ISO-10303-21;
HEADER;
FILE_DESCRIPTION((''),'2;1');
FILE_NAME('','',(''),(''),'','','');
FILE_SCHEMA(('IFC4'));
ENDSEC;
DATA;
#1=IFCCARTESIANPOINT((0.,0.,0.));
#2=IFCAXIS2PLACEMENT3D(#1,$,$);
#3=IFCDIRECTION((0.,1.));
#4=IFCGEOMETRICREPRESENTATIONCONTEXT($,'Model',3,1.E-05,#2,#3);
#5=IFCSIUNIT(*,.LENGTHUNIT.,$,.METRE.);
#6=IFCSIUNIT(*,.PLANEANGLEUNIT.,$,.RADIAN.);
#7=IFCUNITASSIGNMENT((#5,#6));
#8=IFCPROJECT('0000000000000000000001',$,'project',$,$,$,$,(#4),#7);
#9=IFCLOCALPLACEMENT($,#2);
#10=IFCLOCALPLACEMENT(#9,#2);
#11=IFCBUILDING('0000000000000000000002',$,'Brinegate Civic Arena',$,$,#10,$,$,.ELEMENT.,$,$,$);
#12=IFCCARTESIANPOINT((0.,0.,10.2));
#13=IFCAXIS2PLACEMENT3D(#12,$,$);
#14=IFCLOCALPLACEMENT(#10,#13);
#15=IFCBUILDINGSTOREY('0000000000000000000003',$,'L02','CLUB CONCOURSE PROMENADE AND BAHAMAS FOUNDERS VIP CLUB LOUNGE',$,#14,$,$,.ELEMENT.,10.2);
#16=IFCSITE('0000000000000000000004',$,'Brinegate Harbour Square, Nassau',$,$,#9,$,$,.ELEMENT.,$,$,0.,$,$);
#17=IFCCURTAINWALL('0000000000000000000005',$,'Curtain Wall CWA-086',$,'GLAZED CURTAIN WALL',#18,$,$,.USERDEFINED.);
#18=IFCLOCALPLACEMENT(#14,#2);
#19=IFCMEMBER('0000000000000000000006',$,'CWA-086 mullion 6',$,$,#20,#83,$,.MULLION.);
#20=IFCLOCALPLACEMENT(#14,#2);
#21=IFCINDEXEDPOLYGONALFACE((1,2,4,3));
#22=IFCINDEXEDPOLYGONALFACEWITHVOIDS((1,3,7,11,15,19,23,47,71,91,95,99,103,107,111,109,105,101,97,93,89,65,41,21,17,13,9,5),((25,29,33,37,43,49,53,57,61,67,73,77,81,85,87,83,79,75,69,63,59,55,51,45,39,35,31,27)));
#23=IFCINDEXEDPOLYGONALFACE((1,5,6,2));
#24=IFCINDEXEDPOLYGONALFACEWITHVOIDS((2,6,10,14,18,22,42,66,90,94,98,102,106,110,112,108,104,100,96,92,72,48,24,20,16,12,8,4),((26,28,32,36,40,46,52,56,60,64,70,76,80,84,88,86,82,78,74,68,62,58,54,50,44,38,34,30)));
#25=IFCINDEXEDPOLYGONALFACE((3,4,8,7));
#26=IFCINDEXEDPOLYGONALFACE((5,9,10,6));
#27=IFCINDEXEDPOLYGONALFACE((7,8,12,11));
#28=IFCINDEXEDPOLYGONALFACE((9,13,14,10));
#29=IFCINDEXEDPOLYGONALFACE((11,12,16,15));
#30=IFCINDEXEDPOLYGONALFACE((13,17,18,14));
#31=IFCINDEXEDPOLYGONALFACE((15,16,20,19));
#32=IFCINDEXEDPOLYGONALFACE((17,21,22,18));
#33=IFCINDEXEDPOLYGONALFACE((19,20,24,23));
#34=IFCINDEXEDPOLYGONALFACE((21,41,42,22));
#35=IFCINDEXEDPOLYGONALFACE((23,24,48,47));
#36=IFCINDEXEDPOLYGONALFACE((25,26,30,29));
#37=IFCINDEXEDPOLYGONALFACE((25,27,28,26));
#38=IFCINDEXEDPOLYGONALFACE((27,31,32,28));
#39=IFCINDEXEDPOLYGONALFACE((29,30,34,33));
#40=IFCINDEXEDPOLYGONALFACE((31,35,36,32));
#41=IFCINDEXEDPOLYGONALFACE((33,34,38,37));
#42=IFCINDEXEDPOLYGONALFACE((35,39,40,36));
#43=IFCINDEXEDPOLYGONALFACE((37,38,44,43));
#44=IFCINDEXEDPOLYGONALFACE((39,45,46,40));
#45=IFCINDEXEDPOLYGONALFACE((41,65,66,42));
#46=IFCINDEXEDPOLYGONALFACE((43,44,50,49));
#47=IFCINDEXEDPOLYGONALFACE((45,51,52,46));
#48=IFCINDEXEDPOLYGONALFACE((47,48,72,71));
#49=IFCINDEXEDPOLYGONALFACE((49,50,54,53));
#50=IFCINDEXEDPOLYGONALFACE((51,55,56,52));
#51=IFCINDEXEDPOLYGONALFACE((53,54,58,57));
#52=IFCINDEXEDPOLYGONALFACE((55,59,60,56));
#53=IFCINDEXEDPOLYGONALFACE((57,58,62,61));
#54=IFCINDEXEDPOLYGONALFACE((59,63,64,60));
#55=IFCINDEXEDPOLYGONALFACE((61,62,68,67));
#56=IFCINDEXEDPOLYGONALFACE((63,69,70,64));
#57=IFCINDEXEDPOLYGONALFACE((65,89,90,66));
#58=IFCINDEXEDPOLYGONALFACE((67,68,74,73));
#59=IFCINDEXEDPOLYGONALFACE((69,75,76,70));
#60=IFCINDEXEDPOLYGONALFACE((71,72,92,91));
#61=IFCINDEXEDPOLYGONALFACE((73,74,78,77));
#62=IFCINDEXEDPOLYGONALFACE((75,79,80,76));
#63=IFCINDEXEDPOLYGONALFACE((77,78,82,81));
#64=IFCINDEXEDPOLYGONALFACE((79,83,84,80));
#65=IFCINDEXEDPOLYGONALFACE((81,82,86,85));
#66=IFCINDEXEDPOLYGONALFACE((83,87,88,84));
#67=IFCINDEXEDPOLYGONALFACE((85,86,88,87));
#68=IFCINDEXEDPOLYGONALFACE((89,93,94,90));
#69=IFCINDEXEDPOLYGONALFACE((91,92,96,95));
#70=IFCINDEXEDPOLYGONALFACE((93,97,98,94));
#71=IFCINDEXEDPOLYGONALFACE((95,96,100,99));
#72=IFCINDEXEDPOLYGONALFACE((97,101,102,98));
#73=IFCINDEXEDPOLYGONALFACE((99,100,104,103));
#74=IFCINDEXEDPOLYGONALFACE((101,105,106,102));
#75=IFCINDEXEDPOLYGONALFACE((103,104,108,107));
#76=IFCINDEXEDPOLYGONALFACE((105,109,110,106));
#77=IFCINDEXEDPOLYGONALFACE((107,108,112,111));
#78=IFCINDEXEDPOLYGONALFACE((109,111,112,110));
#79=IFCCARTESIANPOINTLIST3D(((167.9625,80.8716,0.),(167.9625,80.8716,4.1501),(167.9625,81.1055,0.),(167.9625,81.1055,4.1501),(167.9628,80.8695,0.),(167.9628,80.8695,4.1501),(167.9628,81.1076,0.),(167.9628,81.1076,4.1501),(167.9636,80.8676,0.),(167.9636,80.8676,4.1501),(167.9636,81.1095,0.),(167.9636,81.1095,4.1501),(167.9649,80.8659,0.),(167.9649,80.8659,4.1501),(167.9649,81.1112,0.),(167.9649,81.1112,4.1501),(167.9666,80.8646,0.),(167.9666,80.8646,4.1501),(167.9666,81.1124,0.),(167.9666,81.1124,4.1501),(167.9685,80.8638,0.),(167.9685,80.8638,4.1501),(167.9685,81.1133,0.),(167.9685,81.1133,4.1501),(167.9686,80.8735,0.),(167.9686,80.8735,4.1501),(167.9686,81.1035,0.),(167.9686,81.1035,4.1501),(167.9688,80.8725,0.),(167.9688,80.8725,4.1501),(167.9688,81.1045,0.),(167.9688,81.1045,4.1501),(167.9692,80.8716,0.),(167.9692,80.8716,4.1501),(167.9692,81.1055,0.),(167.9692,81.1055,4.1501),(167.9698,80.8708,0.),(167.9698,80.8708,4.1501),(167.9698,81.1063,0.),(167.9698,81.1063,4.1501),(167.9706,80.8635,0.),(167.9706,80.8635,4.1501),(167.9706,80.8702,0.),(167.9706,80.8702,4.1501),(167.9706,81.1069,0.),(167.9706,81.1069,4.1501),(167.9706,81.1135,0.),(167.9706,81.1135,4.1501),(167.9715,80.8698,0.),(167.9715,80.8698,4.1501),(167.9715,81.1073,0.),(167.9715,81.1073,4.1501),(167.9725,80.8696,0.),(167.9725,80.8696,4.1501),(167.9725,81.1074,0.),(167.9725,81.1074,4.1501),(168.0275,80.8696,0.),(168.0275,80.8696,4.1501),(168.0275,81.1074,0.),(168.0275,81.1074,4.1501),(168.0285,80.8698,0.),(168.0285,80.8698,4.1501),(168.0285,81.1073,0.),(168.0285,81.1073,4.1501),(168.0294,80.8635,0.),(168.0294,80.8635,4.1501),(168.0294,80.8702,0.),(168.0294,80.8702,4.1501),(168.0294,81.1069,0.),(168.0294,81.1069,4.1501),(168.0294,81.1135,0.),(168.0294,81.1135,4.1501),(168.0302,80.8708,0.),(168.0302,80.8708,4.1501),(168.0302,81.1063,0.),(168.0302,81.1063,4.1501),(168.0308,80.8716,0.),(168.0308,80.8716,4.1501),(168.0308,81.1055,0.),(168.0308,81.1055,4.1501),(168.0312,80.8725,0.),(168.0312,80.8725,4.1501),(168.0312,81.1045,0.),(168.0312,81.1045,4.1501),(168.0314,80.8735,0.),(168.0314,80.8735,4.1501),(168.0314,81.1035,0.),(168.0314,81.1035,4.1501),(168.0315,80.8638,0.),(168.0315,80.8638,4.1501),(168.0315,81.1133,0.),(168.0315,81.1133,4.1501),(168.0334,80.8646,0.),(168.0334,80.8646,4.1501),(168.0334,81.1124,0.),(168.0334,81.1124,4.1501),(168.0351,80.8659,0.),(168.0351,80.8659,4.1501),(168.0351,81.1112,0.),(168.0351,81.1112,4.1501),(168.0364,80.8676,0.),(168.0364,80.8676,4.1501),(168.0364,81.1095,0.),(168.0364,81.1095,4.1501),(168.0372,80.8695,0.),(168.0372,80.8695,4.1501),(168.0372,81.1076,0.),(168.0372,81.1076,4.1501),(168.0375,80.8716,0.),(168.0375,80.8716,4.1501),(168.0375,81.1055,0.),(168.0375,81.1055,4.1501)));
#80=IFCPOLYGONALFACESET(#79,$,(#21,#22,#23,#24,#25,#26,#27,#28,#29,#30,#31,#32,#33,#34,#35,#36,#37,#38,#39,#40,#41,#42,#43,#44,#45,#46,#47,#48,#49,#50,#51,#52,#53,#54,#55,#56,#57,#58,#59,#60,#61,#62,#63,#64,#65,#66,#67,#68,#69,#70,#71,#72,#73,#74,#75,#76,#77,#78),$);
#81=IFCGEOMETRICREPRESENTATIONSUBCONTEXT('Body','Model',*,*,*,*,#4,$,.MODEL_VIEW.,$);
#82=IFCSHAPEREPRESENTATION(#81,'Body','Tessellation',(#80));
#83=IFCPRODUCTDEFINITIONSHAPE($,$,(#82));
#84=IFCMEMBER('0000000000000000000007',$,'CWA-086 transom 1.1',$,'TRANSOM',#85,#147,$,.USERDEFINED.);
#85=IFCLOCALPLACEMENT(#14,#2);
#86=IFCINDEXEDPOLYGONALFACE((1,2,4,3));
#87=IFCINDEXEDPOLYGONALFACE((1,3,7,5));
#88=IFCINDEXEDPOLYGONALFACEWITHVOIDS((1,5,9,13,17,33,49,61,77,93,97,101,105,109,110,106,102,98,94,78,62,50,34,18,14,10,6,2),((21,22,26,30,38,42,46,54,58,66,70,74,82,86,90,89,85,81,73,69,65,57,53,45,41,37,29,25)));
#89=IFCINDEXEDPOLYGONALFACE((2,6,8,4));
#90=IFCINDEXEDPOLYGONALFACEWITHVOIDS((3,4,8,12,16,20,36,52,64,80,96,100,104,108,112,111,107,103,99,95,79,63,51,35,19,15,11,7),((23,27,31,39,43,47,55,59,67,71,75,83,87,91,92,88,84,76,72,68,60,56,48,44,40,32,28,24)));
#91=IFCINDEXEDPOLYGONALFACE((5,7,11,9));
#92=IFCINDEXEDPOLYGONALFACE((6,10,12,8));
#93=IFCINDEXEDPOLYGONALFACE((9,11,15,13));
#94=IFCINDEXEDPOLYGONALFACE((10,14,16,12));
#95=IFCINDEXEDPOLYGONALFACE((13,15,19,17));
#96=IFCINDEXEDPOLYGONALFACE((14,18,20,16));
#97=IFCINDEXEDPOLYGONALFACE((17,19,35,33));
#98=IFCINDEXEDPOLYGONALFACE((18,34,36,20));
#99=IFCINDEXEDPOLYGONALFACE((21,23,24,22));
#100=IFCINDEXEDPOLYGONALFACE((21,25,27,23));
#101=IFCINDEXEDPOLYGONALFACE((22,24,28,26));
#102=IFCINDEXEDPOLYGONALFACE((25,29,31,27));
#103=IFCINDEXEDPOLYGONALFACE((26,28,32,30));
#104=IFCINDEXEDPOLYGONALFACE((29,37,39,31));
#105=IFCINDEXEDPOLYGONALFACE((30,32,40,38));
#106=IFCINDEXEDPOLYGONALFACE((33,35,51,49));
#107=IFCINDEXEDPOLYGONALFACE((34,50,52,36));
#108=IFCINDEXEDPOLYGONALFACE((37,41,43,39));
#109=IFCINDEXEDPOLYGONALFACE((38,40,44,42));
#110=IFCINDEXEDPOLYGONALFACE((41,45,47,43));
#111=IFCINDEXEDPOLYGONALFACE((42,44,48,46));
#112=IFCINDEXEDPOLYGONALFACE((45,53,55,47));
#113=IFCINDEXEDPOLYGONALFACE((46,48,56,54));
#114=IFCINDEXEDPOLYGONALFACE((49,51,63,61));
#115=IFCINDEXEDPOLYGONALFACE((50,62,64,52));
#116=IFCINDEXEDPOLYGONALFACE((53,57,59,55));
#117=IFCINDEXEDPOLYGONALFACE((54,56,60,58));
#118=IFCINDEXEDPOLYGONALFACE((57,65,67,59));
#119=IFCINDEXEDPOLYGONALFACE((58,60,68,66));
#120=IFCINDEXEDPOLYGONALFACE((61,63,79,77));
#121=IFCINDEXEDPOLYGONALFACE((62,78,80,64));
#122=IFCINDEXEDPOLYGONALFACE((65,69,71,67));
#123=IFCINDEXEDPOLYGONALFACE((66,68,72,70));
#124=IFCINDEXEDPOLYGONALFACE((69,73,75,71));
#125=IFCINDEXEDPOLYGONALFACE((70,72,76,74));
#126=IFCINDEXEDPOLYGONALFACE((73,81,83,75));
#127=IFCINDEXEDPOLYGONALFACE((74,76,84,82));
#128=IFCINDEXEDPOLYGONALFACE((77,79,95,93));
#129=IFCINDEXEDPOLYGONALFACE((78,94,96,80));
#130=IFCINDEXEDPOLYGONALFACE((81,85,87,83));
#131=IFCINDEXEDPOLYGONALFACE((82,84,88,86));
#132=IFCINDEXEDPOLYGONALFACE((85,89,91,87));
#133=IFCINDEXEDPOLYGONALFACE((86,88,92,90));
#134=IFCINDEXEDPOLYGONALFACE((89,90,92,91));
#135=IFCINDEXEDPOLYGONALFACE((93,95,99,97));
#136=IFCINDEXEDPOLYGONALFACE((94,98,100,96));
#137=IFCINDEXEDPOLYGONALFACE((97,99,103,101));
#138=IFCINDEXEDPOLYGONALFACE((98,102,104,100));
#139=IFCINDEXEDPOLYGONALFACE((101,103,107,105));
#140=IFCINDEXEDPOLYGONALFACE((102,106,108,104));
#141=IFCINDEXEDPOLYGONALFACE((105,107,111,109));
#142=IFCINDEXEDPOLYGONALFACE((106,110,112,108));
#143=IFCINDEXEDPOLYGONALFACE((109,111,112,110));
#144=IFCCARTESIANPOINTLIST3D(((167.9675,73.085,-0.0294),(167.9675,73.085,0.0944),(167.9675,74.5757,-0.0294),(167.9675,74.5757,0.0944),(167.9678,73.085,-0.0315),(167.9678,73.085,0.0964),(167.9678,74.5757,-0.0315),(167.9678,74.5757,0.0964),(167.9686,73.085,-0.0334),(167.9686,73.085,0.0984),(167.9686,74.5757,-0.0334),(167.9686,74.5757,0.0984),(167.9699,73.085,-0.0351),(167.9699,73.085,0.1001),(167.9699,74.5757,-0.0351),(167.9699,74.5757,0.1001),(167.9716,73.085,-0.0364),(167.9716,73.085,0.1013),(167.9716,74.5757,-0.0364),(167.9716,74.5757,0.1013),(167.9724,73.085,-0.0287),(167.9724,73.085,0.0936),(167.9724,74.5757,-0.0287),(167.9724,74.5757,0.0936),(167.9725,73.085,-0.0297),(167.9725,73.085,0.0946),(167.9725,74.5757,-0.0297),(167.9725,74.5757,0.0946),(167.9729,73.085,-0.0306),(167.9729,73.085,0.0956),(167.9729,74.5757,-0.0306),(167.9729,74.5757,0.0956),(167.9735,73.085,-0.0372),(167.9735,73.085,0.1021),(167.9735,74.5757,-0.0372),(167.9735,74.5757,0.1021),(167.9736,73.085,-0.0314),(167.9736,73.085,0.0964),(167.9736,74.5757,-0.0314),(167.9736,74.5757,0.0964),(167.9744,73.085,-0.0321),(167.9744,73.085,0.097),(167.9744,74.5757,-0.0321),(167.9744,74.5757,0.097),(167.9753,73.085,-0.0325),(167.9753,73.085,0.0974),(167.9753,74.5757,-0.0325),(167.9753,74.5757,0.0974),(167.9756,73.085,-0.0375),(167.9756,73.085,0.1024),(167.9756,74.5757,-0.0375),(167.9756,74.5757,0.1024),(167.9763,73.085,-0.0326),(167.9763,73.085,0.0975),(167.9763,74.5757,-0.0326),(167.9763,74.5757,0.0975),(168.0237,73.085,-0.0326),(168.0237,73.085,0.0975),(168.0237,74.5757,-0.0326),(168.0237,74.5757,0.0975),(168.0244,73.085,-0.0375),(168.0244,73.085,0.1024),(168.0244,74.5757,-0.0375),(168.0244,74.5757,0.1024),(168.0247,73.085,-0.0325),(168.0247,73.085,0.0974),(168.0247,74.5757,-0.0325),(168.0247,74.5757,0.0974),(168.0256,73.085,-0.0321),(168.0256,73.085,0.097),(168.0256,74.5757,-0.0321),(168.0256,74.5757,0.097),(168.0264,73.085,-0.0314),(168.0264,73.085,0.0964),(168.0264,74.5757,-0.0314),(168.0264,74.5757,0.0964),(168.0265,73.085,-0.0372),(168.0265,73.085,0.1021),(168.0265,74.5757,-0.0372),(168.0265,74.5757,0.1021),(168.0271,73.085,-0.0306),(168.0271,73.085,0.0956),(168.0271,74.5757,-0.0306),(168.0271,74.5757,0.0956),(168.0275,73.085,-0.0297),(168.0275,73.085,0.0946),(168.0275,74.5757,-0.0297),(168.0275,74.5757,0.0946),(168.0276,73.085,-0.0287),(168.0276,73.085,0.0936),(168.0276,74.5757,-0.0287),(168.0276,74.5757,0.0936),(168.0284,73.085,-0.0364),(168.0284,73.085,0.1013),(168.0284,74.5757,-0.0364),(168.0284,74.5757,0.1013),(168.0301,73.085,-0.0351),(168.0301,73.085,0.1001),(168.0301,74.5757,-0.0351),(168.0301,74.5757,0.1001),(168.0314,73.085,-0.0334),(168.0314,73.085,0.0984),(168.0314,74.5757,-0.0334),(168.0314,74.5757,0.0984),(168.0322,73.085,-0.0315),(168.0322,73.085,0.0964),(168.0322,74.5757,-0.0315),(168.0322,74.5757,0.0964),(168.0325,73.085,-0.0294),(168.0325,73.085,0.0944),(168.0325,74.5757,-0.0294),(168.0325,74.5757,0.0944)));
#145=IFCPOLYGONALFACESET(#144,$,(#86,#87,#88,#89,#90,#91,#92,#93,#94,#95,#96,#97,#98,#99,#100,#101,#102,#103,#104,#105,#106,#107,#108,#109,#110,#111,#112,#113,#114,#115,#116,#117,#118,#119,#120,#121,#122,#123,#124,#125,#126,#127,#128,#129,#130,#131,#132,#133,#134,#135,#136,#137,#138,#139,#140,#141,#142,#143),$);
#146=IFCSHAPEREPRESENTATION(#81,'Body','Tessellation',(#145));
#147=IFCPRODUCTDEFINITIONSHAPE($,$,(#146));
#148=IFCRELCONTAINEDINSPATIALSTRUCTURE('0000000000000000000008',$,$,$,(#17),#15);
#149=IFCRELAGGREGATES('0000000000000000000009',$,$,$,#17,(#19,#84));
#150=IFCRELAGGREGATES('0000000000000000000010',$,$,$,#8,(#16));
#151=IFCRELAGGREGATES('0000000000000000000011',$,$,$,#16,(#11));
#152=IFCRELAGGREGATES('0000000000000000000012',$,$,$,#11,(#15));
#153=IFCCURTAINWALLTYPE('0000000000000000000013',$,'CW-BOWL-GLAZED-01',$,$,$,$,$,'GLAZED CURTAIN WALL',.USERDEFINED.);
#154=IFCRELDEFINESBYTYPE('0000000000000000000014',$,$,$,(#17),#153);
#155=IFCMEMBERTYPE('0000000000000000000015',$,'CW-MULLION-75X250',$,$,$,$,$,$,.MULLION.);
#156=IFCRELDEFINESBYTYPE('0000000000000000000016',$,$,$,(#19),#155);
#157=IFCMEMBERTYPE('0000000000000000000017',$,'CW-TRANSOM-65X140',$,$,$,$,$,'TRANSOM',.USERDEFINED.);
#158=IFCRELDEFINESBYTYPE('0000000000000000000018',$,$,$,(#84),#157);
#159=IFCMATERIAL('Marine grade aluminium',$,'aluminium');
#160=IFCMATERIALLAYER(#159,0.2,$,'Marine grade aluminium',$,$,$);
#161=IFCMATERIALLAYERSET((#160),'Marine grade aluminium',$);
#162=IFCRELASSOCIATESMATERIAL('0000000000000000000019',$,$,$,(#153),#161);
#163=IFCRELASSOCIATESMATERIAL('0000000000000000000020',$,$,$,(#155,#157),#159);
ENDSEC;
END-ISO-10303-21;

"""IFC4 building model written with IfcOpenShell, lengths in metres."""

from ifc_helpers import new_model, si_unit, direction, frame, origin, origin_2d, place, context, subcontext, project, spatial, hollow_rectangle, extrude, material, layer, layer_set, material_profile, profile_set, type_object, element, aggregate, save


model = new_model("IFC4")

# Units and contexts
model_context = context("Model", 3, precision=1e-05, world=origin(), true_north=direction((0.0, 1.0)))
body_context = subcontext(model_context, "Body", "Model", "MODEL_VIEW")
ifc_project = project(units=[si_unit("LENGTHUNIT", "METRE"), si_unit("PLANEANGLEUNIT", "RADIAN")], contexts=[model_context])

# Site, building, storey
site_placement = place(None, origin())
site = spatial("IfcSite", under=ifc_project, at=site_placement, Name="Brinegate Harbour Square, Nassau", CompositionType="ELEMENT", RefElevation=0.0)
building_placement = place(site_placement, origin())
building = spatial("IfcBuilding", under=site, at=building_placement, Name="Brinegate Civic Arena", CompositionType="ELEMENT")
storey_placement = place(building_placement, frame((0.0, 0.0, 10.2)))
storey = spatial("IfcBuildingStorey", under=building, at=storey_placement, Name="L02", Description="CLUB CONCOURSE PROMENADE AND BAHAMAS FOUNDERS VIP CLUB LOUNGE", CompositionType="ELEMENT", Elevation=10.2)

# Shared definitions
ifc_material_1 = material(Name="Marine grade aluminium", Category="aluminium")
ifc_layer_1 = layer(ifc_material_1, 0.2, Name="Marine grade aluminium")
ifc_layer_set_1 = layer_set([ifc_layer_1], Name="Marine grade aluminium")
curtain_wall_type = type_object("IfcCurtainWallType", Name="CW-BOWL-GLAZED-01", ElementType="GLAZED CURTAIN WALL", PredefinedType="USERDEFINED", material=ifc_layer_set_1)

# Curtain wall, members
curtain_wall_1_placement = place(storey_placement, origin())
curtain_wall_1 = element("IfcCurtainWall", 1, at=curtain_wall_1_placement, inside=storey, type_object=curtain_wall_type, Name="Curtain Wall CWA-086", ObjectType="GLAZED CURTAIN WALL", PredefinedType="USERDEFINED")
ifc_material_profile_1 = material_profile(ifc_material_1, hollow_rectangle(XDim=0.075, YDim=0.25, WallThickness=0.0061, InnerFilletRadius=0.0039, OuterFilletRadius=0.0081, at=origin_2d()), Name="MUL75X250")
ifc_profile_set_1 = profile_set([ifc_material_profile_1], Name="Marine grade aluminium")
member_type_1 = type_object("IfcMemberType", Name="CW-MULLION-75X250", PredefinedType="MULLION", material=ifc_profile_set_1)
member_1_placement = place(storey_placement, frame((168.0, 80.9885, 0.0), z_axis=(0.0, 0.0, 1.0), x_axis=(-1.0, 0.0, 0.0)))
member_1 = element("IfcMember", 2, at=member_1_placement, type_object=member_type_1, Name="CWA-086 mullion 6", PredefinedType="MULLION", context=body_context, shape_type="SweptSolid", body=[
    extrude(hollow_rectangle(XDim=0.075, YDim=0.25, WallThickness=0.0061, InnerFilletRadius=0.0039, OuterFilletRadius=0.0081, at=origin_2d()), origin(), (0.0, 0.0, 1.0), 4.1501),
])
ifc_material_profile_2 = material_profile(ifc_material_1, hollow_rectangle(XDim=0.0649, YDim=0.1399, WallThickness=0.0049, InnerFilletRadius=0.0039, OuterFilletRadius=0.0081, at=origin_2d()), Name="TRN65X140")
ifc_profile_set_2 = profile_set([ifc_material_profile_2], Name="Marine grade aluminium")
member_type_2 = type_object("IfcMemberType", Name="CW-TRANSOM-65X140", ElementType="TRANSOM", PredefinedType="USERDEFINED", material=ifc_profile_set_2)
member_2_placement = place(storey_placement, frame((168.0, 73.085, 0.0325), z_axis=(0.0, 1.0, 0.0), x_axis=(-1.0, 0.0, 0.0)))
member_2 = element("IfcMember", 3, at=member_2_placement, type_object=member_type_2, Name="CWA-086 transom 1.1", ObjectType="TRANSOM", PredefinedType="USERDEFINED", context=body_context, shape_type="SweptSolid", body=[
    extrude(hollow_rectangle(XDim=0.0649, YDim=0.1399, WallThickness=0.0049, InnerFilletRadius=0.0039, OuterFilletRadius=0.0081, at=origin_2d()), origin(), (0.0, 0.0, 1.0), 1.4907),
])

aggregate(curtain_wall_1, [member_1, member_2])

save(model, "model.ifc")
